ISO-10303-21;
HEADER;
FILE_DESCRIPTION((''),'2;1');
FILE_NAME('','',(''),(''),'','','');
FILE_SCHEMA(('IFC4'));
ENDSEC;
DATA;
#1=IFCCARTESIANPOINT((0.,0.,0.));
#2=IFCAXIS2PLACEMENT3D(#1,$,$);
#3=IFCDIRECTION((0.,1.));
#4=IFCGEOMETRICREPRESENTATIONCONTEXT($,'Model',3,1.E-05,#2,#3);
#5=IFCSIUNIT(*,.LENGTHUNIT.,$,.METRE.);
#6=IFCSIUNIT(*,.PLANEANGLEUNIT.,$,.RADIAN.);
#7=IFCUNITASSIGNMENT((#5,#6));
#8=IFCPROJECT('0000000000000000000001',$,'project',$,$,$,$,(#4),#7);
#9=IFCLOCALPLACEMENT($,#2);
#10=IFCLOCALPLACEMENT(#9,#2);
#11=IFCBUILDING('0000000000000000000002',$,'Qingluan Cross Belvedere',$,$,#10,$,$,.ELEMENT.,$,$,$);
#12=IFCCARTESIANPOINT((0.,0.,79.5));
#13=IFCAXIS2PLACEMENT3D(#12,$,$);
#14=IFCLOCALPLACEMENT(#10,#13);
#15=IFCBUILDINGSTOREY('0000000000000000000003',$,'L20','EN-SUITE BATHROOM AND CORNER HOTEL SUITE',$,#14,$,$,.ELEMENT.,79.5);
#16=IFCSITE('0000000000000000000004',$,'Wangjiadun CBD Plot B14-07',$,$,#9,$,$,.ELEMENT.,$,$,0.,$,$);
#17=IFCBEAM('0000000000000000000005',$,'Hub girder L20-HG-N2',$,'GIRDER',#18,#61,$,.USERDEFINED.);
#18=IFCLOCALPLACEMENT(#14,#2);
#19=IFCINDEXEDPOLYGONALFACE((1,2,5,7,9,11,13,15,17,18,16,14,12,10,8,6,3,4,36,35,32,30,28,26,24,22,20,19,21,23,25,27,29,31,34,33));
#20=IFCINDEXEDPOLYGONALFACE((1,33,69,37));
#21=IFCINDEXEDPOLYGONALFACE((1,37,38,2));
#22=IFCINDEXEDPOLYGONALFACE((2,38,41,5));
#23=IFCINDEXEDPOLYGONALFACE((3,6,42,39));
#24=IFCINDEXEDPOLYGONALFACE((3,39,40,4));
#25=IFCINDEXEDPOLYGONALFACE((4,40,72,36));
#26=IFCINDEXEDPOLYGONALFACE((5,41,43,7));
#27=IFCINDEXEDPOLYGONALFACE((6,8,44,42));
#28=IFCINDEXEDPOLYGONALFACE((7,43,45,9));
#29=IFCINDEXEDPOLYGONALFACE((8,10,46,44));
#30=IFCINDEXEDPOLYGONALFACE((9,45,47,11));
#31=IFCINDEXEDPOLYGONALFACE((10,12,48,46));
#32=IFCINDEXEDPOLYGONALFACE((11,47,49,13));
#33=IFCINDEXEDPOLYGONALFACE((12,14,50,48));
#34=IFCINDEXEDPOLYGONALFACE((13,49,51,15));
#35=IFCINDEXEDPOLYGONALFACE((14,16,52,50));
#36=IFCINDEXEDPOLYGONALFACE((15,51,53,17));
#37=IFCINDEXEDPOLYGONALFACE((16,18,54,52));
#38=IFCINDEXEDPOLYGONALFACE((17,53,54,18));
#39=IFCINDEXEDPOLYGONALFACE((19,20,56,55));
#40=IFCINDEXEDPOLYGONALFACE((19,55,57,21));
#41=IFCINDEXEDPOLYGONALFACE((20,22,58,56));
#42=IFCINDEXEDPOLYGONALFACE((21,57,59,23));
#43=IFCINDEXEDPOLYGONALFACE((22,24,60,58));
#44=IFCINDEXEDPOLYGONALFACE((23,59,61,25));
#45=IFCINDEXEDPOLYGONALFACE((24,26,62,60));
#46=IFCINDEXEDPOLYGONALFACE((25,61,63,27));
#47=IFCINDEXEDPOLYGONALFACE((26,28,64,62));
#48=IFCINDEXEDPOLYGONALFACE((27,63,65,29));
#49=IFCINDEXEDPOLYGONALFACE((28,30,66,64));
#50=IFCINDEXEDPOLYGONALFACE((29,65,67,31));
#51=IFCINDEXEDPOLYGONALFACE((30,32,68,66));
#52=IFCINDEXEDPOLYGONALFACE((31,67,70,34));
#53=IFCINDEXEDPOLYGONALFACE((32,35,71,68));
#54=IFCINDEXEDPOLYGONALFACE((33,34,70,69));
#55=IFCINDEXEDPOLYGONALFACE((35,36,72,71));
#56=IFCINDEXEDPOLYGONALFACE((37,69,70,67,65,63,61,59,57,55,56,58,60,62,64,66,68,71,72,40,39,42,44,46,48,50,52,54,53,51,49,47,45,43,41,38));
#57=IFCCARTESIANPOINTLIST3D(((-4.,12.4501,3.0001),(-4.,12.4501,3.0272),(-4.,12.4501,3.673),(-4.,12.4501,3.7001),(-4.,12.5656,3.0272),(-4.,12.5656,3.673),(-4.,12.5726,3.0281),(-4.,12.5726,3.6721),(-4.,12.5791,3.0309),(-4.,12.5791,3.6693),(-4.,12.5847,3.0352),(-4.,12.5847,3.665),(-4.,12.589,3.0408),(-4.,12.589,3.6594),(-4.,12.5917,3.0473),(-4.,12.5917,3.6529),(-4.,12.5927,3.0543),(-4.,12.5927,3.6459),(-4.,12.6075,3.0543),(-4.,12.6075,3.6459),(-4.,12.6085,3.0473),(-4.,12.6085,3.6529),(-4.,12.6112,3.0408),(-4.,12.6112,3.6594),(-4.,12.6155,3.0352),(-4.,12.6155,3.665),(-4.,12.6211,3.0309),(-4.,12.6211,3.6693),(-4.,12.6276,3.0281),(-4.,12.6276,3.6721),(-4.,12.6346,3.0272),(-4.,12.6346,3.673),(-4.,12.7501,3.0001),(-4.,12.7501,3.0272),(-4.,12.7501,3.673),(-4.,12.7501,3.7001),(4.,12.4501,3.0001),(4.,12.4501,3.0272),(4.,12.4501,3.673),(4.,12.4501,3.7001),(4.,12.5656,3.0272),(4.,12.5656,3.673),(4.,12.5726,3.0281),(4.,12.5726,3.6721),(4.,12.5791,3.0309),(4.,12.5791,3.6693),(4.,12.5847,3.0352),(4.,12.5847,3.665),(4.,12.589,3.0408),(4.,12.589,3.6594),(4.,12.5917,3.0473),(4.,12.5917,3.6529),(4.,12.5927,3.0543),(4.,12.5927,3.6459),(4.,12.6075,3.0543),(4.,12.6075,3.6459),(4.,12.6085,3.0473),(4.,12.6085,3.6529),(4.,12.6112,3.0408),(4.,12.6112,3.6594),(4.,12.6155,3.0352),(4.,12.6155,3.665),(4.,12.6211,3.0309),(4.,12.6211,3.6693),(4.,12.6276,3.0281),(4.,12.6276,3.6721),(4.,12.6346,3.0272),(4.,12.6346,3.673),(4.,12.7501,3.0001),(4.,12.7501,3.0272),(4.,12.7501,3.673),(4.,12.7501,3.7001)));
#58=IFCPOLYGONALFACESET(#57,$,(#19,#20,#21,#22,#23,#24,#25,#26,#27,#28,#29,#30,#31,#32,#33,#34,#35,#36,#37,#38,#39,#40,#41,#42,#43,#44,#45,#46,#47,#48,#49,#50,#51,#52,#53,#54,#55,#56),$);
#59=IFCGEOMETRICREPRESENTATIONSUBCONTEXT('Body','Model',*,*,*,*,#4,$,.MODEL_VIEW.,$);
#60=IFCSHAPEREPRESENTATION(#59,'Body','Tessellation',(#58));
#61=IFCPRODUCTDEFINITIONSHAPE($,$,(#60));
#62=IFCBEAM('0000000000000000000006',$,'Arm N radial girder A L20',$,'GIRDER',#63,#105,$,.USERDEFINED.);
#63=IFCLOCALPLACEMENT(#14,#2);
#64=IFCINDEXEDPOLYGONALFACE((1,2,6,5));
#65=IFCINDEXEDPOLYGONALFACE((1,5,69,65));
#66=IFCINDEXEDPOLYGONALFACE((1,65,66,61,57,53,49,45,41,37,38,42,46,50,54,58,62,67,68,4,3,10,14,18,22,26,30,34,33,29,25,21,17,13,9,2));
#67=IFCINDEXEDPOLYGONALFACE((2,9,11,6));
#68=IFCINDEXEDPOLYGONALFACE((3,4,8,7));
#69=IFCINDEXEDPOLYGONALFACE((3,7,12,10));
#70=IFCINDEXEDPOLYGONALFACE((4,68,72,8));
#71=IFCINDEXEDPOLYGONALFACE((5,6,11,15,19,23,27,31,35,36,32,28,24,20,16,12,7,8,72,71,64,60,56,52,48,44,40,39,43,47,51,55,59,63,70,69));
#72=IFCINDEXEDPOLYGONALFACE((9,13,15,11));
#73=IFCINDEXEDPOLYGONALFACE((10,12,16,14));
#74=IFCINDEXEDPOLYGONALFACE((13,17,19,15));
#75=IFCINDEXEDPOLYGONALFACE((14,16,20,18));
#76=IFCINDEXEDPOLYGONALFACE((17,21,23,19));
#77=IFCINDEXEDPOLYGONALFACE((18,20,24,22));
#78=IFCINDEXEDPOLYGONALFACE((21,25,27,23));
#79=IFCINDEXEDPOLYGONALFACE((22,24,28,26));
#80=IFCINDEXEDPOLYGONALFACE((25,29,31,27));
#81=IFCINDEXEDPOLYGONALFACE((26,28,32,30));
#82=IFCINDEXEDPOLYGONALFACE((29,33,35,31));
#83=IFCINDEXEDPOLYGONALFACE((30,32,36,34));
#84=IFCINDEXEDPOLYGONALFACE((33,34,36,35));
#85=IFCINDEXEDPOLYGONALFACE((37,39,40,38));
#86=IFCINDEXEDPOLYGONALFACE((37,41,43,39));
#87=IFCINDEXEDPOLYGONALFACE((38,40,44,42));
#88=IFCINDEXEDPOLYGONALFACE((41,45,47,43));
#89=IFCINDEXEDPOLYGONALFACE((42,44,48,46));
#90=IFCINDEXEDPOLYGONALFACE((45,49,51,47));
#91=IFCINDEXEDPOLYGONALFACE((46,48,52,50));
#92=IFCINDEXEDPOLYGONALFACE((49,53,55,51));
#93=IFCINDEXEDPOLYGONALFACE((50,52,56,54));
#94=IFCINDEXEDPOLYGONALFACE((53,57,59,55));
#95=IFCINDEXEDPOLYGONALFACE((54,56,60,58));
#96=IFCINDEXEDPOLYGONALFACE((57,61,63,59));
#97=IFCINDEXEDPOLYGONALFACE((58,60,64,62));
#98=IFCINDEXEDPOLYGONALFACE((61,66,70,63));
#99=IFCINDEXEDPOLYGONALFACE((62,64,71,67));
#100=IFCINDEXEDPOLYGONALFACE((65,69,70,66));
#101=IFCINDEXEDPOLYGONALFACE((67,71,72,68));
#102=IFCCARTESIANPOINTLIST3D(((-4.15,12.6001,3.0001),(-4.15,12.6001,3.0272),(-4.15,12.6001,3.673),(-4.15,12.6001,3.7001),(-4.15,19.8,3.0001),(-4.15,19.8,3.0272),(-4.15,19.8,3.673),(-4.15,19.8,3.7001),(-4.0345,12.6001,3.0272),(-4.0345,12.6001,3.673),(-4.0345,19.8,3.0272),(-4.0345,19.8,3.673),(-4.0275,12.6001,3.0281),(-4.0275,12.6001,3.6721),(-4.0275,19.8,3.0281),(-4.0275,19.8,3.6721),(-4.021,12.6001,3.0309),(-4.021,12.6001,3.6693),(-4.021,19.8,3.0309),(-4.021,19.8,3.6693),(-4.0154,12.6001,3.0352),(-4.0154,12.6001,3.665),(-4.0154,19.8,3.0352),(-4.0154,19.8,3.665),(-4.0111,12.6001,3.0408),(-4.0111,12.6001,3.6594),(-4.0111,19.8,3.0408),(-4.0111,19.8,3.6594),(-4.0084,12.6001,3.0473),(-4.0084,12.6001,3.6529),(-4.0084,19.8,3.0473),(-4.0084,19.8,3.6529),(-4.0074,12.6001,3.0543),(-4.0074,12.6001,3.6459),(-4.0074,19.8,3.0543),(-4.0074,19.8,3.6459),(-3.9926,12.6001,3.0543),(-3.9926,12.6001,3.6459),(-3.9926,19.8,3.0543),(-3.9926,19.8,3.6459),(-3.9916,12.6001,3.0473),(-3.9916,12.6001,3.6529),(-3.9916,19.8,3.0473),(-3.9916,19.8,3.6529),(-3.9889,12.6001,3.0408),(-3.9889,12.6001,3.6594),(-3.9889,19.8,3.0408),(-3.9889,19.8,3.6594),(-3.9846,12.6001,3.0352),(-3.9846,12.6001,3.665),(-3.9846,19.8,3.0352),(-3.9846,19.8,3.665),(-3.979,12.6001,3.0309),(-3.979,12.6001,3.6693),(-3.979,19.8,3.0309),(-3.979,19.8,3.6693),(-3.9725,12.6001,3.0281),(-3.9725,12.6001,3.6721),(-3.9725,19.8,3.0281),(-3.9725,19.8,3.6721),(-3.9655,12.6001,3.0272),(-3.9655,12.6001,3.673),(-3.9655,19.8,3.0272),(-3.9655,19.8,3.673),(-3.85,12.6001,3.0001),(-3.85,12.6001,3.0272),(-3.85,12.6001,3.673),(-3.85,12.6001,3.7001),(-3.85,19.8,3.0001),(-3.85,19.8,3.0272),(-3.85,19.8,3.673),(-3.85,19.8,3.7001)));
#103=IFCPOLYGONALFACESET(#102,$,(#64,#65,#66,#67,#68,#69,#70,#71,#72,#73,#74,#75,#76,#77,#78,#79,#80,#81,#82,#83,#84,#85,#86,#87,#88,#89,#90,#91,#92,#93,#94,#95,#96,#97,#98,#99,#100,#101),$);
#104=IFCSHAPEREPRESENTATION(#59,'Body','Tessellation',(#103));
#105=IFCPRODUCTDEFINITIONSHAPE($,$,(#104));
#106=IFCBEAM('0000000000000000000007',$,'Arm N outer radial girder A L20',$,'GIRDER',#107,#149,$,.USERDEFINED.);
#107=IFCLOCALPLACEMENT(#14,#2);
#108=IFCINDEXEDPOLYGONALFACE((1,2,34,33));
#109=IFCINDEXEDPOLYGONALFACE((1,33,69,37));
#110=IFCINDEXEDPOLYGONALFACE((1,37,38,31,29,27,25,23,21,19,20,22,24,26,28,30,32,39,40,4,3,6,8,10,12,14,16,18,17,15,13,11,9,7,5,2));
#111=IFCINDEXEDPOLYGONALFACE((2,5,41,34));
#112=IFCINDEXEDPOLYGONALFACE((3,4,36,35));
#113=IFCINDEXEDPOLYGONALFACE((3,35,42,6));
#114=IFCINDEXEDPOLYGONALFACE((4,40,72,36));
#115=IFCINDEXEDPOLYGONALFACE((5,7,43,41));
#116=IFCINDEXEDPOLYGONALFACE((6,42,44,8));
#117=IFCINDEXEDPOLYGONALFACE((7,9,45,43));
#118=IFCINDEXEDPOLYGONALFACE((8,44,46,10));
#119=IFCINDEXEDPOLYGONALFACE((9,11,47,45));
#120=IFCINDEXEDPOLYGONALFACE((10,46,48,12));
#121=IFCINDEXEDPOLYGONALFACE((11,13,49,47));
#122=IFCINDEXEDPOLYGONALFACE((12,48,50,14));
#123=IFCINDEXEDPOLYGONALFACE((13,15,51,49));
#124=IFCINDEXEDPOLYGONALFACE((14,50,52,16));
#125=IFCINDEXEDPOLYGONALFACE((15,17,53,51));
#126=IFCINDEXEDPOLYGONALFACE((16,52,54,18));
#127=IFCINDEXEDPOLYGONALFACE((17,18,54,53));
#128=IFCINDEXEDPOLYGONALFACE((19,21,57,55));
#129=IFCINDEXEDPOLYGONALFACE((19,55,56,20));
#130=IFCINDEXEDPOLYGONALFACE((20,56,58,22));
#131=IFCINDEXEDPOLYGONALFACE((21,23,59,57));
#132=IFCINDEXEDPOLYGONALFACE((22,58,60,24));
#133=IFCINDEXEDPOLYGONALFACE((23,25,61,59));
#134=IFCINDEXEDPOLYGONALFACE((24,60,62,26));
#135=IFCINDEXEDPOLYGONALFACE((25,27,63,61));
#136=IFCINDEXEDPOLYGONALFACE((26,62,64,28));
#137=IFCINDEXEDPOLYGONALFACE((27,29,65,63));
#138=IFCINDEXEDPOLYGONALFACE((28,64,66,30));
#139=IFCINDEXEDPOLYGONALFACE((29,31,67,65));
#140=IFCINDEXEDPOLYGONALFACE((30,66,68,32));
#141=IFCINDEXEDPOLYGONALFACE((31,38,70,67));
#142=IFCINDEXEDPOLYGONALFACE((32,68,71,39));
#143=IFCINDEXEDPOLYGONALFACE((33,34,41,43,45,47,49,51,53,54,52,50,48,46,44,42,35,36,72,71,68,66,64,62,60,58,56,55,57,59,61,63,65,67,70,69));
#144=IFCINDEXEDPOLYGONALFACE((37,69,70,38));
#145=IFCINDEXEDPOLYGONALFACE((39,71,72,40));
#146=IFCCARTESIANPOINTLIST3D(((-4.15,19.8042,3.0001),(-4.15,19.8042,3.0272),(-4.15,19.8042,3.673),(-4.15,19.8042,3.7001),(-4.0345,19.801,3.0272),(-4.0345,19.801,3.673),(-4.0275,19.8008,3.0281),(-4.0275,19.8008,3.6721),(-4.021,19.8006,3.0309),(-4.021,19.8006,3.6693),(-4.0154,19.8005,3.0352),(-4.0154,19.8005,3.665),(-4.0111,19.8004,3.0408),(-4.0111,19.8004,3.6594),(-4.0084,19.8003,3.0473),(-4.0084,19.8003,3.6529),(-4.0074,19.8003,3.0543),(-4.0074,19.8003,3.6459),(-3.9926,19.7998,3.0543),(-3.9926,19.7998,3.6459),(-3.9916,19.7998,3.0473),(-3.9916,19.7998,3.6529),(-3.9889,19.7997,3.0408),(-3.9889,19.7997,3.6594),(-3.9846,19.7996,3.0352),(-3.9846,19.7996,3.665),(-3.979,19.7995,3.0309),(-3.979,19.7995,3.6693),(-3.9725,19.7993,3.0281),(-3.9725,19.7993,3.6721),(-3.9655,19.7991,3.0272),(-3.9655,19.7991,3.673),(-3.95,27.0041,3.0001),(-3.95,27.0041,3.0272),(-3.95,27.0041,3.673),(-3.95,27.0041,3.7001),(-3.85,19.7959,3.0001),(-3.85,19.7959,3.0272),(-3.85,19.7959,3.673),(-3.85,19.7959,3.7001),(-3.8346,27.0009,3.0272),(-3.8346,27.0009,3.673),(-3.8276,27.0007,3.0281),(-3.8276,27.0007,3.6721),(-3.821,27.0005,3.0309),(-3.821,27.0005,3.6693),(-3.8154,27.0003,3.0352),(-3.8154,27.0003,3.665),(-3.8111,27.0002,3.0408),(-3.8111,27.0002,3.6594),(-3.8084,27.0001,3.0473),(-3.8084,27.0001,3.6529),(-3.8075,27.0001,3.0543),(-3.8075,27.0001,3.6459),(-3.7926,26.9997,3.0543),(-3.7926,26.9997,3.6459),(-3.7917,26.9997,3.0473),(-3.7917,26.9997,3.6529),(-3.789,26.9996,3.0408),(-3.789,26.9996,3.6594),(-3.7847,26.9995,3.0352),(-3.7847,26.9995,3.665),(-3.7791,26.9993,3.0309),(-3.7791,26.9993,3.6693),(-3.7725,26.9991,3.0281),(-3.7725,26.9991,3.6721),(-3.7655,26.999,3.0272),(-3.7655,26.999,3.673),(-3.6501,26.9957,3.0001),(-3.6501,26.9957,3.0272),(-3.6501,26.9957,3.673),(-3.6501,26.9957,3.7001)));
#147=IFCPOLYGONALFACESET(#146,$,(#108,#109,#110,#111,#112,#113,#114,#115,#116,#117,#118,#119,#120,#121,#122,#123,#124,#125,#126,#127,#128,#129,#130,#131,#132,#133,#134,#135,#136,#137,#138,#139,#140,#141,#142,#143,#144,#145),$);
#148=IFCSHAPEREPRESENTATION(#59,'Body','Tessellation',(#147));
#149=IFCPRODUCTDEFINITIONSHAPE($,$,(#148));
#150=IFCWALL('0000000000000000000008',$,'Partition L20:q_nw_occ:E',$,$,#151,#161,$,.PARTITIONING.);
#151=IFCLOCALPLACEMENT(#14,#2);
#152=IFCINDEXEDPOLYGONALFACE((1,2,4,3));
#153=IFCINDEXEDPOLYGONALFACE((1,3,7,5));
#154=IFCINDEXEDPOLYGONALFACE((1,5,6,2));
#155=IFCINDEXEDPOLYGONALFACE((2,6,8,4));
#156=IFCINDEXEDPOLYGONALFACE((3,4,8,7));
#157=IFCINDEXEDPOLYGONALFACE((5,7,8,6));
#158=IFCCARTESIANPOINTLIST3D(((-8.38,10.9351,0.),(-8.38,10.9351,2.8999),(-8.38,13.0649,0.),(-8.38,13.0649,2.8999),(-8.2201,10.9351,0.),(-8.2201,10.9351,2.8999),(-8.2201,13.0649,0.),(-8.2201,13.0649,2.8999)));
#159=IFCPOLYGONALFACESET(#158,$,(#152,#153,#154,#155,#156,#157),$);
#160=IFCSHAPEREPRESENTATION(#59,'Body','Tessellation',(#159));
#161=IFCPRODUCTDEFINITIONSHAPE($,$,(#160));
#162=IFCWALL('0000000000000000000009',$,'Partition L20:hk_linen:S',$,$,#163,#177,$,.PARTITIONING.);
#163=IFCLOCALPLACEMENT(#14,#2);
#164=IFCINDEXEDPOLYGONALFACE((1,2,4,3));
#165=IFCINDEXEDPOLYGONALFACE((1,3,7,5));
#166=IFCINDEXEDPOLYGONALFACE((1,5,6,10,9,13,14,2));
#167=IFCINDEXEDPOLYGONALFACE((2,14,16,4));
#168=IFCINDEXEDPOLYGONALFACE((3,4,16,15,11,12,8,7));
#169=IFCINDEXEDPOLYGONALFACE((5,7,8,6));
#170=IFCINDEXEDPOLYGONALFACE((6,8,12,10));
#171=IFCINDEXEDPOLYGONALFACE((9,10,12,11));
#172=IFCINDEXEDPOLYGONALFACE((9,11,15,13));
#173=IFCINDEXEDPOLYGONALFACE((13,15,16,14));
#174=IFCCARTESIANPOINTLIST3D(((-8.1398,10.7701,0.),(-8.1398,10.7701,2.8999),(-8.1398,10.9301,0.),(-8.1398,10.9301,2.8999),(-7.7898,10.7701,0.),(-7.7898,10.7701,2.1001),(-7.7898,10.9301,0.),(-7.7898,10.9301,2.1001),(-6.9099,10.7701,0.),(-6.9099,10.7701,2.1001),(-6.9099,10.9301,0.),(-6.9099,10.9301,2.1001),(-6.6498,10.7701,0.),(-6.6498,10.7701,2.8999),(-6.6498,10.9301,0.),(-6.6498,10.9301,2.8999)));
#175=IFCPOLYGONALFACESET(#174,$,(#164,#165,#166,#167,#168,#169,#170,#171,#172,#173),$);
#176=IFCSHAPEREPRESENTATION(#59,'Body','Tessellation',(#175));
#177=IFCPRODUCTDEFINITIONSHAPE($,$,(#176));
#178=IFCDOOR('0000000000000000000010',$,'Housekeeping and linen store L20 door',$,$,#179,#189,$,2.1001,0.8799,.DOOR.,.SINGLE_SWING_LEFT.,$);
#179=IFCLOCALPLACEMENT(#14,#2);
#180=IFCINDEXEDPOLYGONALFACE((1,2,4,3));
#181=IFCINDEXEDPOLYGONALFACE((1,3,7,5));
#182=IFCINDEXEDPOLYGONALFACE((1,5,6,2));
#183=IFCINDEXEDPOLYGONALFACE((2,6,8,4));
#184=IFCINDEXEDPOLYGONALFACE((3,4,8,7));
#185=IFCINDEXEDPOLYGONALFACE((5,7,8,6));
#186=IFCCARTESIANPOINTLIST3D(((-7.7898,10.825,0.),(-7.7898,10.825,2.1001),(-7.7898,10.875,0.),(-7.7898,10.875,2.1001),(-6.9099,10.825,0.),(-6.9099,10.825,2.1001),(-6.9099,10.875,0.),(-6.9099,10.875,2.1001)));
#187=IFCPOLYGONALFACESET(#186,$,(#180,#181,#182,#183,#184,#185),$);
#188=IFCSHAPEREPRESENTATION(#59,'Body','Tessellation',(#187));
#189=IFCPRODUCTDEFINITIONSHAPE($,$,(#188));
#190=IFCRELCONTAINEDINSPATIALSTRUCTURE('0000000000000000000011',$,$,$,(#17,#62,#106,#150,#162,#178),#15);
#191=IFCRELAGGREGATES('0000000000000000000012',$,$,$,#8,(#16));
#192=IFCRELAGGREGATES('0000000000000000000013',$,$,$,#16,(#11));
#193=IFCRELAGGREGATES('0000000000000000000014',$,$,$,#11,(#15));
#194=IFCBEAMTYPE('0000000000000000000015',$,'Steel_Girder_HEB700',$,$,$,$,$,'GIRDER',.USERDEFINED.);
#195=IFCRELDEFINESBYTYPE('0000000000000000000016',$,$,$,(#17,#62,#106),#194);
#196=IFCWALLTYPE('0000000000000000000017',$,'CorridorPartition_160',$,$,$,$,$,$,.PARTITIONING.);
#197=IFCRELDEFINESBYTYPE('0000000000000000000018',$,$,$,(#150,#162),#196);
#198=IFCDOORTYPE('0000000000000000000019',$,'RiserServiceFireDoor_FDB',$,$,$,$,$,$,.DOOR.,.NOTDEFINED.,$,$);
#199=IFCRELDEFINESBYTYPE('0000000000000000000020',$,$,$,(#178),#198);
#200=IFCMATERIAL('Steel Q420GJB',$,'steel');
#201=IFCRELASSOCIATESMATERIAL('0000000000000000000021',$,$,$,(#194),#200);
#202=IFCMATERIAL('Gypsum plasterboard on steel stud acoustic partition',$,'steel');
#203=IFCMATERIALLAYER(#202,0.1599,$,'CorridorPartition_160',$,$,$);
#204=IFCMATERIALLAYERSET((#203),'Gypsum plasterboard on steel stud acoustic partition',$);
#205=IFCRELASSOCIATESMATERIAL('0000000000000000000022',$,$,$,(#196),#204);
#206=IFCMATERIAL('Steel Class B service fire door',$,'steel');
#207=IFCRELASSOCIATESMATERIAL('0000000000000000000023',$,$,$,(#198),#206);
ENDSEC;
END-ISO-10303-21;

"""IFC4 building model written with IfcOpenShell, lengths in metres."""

from ifc_helpers import new_model, si_unit, direction, frame, frame_2d, origin, origin_2d, place, context, subcontext, project, spatial, rectangle, i_section, extrude, material, layer, layer_set, material_profile, profile_set, type_object, element, fill, save


model = new_model("IFC4")

# Units and contexts
model_context = context("Model", 3, precision=1e-05, world=origin(), true_north=direction((0.0, 1.0)))
body_context = subcontext(model_context, "Body", "Model", "MODEL_VIEW")
ifc_project = project(units=[si_unit("LENGTHUNIT", "METRE"), si_unit("PLANEANGLEUNIT", "RADIAN")], contexts=[model_context])

# Site, building, storey
site_placement = place(None, origin())
site = spatial("IfcSite", under=ifc_project, at=site_placement, Name="Wangjiadun CBD Plot B14-07", CompositionType="ELEMENT", RefElevation=0.0)
building_placement = place(site_placement, origin())
building = spatial("IfcBuilding", under=site, at=building_placement, Name="Qingluan Cross Belvedere", CompositionType="ELEMENT")
storey_placement = place(building_placement, frame((0.0, 0.0, 79.5)))
storey = spatial("IfcBuildingStorey", under=building, at=storey_placement, Name="L20", Description="EN-SUITE BATHROOM AND CORNER HOTEL SUITE", CompositionType="ELEMENT", Elevation=79.5)

# Beams
ifc_material_1 = material(Name="Steel Q420GJB", Category="steel")
ifc_material_profile_1 = material_profile(ifc_material_1, i_section(OverallWidth=0.3, OverallDepth=0.7, WebThickness=0.0149, FlangeThickness=0.0271, FilletRadius=0.0271, at=origin_2d()), Name="HEB700")
ifc_profile_set_1 = profile_set([ifc_material_profile_1], Name="Steel Q420GJB")
beam_type_1 = type_object("IfcBeamType", Name="Steel_Girder_HEB700", ElementType="GIRDER", PredefinedType="USERDEFINED", material=ifc_profile_set_1)
beam_1_placement = place(storey_placement, frame((-4.0, 12.6001, 3.3501), z_axis=(1.0, 0.0, 0.0), x_axis=(0.0, 1.0, 0.0)))
element("IfcBeam", 1, at=beam_1_placement, inside=storey, type_object=beam_type_1, Name="Hub girder L20-HG-N2", ObjectType="GIRDER", PredefinedType="USERDEFINED", context=body_context, shape_type="SweptSolid", body=[
    extrude(i_section(OverallWidth=0.3, OverallDepth=0.7, WebThickness=0.0149, FlangeThickness=0.0271, FilletRadius=0.0271, at=origin_2d()), origin(), (0.0, 0.0, 1.0), 8.0),
])
beam_2_placement = place(storey_placement, frame((-4.0, 12.6001, 3.3501), z_axis=(0.0, 1.0, 0.0), x_axis=(-1.0, 0.0, 0.0)))
element("IfcBeam", 2, at=beam_2_placement, inside=storey, type_object=beam_type_1, Name="Arm N radial girder A L20", ObjectType="GIRDER", PredefinedType="USERDEFINED", context=body_context, shape_type="SweptSolid", body=[
    extrude(i_section(OverallWidth=0.3, OverallDepth=0.7, WebThickness=0.0149, FlangeThickness=0.0271, FilletRadius=0.0271, at=origin_2d()), origin(), (0.0, 0.0, 1.0), 7.2),
])
beam_3_placement = place(storey_placement, frame((-4.0, 19.8, 3.3501), z_axis=(0.02776, 0.999615, 0.0), x_axis=(-0.999615, 0.02776, 0.0)))
element("IfcBeam", 3, at=beam_3_placement, inside=storey, type_object=beam_type_1, Name="Arm N outer radial girder A L20", ObjectType="GIRDER", PredefinedType="USERDEFINED", context=body_context, shape_type="SweptSolid", body=[
    extrude(i_section(OverallWidth=0.3, OverallDepth=0.7, WebThickness=0.0149, FlangeThickness=0.0271, FilletRadius=0.0271, at=origin_2d()), origin(), (0.0, 0.0, 1.0), 7.2026),
])

# Wall
ifc_material_2 = material(Name="Gypsum plasterboard on steel stud acoustic partition", Category="steel")
ifc_layer_1 = layer(ifc_material_2, 0.1599, Name="CorridorPartition_160")
ifc_layer_set_1 = layer_set([ifc_layer_1], Name="Gypsum plasterboard on steel stud acoustic partition")
wall_type_1 = type_object("IfcWallType", Name="CorridorPartition_160", PredefinedType="PARTITIONING", material=ifc_layer_set_1)
wall_1_placement = place(storey_placement, frame((-8.3, 10.9351, 0.0), z_axis=(0.0, 0.0, 1.0), x_axis=(0.0, 1.0, 0.0)))
element("IfcWall", 4, at=wall_1_placement, inside=storey, type_object=wall_type_1, Name="Partition L20:q_nw_occ:E", PredefinedType="PARTITIONING", context=body_context, shape_type="SweptSolid", body=[
    extrude(rectangle(XDim=2.1299, YDim=0.1599, at=frame_2d((1.0649, 0.0))), origin(), (0.0, 0.0, 1.0), 2.8999),
])

# Wall, opening, door
wall_2_placement = place(storey_placement, frame((-8.1399, 10.8501, 0.0), z_axis=(0.0, 0.0, 1.0), x_axis=(1.0, 0.0, 0.0)))
wall_2 = element("IfcWall", 5, at=wall_2_placement, inside=storey, type_object=wall_type_1, Name="Partition L20:hk_linen:S", PredefinedType="PARTITIONING", context=body_context, shape_type="SweptSolid", body=[
    extrude(rectangle(XDim=1.49, YDim=0.1599, at=frame_2d((0.7451, 0.0))), origin(), (0.0, 0.0, 1.0), 2.8999),
])
opening_1_placement = place(wall_2_placement, frame((0.3501, 0.0, 0.0)))
opening_1 = element("IfcOpeningElement", 6, at=opening_1_placement, cuts=wall_2, PredefinedType="OPENING", context=body_context, shape_type="SweptSolid", body=[
    extrude(rectangle(XDim=0.8799, YDim=2.1001, at=frame_2d((0.4399, 1.05))), frame((0.0, 0.0898, 0.0), z_axis=(0.0, -1.0, 0.0), x_axis=(1.0, 0.0, 0.0)), (0.0, 0.0, 1.0), 0.1799),
])
ifc_material_3 = material(Name="Steel Class B service fire door", Category="steel")
door_type_1 = type_object("IfcDoorType", Name="RiserServiceFireDoor_FDB", OperationType="NOTDEFINED", PredefinedType="DOOR", material=ifc_material_3)
door_1_placement = place(opening_1_placement, origin())
door_1 = element("IfcDoor", 7, at=door_1_placement, inside=storey, type_object=door_type_1, Name="Housekeeping and linen store L20 door", OperationType="SINGLE_SWING_LEFT", OverallHeight=2.1001, OverallWidth=0.8799, PredefinedType="DOOR", context=body_context, shape_type="SweptSolid", body=[
    extrude(rectangle(XDim=0.8799, YDim=2.1001, at=frame_2d((0.4399, 1.05))), frame((0.0, 0.0249, 0.0), z_axis=(0.0, -1.0, 0.0), x_axis=(1.0, 0.0, 0.0)), (0.0, 0.0, 1.0), 0.05),
])
fill(opening_1, door_1)

save(model, "model.ifc")
